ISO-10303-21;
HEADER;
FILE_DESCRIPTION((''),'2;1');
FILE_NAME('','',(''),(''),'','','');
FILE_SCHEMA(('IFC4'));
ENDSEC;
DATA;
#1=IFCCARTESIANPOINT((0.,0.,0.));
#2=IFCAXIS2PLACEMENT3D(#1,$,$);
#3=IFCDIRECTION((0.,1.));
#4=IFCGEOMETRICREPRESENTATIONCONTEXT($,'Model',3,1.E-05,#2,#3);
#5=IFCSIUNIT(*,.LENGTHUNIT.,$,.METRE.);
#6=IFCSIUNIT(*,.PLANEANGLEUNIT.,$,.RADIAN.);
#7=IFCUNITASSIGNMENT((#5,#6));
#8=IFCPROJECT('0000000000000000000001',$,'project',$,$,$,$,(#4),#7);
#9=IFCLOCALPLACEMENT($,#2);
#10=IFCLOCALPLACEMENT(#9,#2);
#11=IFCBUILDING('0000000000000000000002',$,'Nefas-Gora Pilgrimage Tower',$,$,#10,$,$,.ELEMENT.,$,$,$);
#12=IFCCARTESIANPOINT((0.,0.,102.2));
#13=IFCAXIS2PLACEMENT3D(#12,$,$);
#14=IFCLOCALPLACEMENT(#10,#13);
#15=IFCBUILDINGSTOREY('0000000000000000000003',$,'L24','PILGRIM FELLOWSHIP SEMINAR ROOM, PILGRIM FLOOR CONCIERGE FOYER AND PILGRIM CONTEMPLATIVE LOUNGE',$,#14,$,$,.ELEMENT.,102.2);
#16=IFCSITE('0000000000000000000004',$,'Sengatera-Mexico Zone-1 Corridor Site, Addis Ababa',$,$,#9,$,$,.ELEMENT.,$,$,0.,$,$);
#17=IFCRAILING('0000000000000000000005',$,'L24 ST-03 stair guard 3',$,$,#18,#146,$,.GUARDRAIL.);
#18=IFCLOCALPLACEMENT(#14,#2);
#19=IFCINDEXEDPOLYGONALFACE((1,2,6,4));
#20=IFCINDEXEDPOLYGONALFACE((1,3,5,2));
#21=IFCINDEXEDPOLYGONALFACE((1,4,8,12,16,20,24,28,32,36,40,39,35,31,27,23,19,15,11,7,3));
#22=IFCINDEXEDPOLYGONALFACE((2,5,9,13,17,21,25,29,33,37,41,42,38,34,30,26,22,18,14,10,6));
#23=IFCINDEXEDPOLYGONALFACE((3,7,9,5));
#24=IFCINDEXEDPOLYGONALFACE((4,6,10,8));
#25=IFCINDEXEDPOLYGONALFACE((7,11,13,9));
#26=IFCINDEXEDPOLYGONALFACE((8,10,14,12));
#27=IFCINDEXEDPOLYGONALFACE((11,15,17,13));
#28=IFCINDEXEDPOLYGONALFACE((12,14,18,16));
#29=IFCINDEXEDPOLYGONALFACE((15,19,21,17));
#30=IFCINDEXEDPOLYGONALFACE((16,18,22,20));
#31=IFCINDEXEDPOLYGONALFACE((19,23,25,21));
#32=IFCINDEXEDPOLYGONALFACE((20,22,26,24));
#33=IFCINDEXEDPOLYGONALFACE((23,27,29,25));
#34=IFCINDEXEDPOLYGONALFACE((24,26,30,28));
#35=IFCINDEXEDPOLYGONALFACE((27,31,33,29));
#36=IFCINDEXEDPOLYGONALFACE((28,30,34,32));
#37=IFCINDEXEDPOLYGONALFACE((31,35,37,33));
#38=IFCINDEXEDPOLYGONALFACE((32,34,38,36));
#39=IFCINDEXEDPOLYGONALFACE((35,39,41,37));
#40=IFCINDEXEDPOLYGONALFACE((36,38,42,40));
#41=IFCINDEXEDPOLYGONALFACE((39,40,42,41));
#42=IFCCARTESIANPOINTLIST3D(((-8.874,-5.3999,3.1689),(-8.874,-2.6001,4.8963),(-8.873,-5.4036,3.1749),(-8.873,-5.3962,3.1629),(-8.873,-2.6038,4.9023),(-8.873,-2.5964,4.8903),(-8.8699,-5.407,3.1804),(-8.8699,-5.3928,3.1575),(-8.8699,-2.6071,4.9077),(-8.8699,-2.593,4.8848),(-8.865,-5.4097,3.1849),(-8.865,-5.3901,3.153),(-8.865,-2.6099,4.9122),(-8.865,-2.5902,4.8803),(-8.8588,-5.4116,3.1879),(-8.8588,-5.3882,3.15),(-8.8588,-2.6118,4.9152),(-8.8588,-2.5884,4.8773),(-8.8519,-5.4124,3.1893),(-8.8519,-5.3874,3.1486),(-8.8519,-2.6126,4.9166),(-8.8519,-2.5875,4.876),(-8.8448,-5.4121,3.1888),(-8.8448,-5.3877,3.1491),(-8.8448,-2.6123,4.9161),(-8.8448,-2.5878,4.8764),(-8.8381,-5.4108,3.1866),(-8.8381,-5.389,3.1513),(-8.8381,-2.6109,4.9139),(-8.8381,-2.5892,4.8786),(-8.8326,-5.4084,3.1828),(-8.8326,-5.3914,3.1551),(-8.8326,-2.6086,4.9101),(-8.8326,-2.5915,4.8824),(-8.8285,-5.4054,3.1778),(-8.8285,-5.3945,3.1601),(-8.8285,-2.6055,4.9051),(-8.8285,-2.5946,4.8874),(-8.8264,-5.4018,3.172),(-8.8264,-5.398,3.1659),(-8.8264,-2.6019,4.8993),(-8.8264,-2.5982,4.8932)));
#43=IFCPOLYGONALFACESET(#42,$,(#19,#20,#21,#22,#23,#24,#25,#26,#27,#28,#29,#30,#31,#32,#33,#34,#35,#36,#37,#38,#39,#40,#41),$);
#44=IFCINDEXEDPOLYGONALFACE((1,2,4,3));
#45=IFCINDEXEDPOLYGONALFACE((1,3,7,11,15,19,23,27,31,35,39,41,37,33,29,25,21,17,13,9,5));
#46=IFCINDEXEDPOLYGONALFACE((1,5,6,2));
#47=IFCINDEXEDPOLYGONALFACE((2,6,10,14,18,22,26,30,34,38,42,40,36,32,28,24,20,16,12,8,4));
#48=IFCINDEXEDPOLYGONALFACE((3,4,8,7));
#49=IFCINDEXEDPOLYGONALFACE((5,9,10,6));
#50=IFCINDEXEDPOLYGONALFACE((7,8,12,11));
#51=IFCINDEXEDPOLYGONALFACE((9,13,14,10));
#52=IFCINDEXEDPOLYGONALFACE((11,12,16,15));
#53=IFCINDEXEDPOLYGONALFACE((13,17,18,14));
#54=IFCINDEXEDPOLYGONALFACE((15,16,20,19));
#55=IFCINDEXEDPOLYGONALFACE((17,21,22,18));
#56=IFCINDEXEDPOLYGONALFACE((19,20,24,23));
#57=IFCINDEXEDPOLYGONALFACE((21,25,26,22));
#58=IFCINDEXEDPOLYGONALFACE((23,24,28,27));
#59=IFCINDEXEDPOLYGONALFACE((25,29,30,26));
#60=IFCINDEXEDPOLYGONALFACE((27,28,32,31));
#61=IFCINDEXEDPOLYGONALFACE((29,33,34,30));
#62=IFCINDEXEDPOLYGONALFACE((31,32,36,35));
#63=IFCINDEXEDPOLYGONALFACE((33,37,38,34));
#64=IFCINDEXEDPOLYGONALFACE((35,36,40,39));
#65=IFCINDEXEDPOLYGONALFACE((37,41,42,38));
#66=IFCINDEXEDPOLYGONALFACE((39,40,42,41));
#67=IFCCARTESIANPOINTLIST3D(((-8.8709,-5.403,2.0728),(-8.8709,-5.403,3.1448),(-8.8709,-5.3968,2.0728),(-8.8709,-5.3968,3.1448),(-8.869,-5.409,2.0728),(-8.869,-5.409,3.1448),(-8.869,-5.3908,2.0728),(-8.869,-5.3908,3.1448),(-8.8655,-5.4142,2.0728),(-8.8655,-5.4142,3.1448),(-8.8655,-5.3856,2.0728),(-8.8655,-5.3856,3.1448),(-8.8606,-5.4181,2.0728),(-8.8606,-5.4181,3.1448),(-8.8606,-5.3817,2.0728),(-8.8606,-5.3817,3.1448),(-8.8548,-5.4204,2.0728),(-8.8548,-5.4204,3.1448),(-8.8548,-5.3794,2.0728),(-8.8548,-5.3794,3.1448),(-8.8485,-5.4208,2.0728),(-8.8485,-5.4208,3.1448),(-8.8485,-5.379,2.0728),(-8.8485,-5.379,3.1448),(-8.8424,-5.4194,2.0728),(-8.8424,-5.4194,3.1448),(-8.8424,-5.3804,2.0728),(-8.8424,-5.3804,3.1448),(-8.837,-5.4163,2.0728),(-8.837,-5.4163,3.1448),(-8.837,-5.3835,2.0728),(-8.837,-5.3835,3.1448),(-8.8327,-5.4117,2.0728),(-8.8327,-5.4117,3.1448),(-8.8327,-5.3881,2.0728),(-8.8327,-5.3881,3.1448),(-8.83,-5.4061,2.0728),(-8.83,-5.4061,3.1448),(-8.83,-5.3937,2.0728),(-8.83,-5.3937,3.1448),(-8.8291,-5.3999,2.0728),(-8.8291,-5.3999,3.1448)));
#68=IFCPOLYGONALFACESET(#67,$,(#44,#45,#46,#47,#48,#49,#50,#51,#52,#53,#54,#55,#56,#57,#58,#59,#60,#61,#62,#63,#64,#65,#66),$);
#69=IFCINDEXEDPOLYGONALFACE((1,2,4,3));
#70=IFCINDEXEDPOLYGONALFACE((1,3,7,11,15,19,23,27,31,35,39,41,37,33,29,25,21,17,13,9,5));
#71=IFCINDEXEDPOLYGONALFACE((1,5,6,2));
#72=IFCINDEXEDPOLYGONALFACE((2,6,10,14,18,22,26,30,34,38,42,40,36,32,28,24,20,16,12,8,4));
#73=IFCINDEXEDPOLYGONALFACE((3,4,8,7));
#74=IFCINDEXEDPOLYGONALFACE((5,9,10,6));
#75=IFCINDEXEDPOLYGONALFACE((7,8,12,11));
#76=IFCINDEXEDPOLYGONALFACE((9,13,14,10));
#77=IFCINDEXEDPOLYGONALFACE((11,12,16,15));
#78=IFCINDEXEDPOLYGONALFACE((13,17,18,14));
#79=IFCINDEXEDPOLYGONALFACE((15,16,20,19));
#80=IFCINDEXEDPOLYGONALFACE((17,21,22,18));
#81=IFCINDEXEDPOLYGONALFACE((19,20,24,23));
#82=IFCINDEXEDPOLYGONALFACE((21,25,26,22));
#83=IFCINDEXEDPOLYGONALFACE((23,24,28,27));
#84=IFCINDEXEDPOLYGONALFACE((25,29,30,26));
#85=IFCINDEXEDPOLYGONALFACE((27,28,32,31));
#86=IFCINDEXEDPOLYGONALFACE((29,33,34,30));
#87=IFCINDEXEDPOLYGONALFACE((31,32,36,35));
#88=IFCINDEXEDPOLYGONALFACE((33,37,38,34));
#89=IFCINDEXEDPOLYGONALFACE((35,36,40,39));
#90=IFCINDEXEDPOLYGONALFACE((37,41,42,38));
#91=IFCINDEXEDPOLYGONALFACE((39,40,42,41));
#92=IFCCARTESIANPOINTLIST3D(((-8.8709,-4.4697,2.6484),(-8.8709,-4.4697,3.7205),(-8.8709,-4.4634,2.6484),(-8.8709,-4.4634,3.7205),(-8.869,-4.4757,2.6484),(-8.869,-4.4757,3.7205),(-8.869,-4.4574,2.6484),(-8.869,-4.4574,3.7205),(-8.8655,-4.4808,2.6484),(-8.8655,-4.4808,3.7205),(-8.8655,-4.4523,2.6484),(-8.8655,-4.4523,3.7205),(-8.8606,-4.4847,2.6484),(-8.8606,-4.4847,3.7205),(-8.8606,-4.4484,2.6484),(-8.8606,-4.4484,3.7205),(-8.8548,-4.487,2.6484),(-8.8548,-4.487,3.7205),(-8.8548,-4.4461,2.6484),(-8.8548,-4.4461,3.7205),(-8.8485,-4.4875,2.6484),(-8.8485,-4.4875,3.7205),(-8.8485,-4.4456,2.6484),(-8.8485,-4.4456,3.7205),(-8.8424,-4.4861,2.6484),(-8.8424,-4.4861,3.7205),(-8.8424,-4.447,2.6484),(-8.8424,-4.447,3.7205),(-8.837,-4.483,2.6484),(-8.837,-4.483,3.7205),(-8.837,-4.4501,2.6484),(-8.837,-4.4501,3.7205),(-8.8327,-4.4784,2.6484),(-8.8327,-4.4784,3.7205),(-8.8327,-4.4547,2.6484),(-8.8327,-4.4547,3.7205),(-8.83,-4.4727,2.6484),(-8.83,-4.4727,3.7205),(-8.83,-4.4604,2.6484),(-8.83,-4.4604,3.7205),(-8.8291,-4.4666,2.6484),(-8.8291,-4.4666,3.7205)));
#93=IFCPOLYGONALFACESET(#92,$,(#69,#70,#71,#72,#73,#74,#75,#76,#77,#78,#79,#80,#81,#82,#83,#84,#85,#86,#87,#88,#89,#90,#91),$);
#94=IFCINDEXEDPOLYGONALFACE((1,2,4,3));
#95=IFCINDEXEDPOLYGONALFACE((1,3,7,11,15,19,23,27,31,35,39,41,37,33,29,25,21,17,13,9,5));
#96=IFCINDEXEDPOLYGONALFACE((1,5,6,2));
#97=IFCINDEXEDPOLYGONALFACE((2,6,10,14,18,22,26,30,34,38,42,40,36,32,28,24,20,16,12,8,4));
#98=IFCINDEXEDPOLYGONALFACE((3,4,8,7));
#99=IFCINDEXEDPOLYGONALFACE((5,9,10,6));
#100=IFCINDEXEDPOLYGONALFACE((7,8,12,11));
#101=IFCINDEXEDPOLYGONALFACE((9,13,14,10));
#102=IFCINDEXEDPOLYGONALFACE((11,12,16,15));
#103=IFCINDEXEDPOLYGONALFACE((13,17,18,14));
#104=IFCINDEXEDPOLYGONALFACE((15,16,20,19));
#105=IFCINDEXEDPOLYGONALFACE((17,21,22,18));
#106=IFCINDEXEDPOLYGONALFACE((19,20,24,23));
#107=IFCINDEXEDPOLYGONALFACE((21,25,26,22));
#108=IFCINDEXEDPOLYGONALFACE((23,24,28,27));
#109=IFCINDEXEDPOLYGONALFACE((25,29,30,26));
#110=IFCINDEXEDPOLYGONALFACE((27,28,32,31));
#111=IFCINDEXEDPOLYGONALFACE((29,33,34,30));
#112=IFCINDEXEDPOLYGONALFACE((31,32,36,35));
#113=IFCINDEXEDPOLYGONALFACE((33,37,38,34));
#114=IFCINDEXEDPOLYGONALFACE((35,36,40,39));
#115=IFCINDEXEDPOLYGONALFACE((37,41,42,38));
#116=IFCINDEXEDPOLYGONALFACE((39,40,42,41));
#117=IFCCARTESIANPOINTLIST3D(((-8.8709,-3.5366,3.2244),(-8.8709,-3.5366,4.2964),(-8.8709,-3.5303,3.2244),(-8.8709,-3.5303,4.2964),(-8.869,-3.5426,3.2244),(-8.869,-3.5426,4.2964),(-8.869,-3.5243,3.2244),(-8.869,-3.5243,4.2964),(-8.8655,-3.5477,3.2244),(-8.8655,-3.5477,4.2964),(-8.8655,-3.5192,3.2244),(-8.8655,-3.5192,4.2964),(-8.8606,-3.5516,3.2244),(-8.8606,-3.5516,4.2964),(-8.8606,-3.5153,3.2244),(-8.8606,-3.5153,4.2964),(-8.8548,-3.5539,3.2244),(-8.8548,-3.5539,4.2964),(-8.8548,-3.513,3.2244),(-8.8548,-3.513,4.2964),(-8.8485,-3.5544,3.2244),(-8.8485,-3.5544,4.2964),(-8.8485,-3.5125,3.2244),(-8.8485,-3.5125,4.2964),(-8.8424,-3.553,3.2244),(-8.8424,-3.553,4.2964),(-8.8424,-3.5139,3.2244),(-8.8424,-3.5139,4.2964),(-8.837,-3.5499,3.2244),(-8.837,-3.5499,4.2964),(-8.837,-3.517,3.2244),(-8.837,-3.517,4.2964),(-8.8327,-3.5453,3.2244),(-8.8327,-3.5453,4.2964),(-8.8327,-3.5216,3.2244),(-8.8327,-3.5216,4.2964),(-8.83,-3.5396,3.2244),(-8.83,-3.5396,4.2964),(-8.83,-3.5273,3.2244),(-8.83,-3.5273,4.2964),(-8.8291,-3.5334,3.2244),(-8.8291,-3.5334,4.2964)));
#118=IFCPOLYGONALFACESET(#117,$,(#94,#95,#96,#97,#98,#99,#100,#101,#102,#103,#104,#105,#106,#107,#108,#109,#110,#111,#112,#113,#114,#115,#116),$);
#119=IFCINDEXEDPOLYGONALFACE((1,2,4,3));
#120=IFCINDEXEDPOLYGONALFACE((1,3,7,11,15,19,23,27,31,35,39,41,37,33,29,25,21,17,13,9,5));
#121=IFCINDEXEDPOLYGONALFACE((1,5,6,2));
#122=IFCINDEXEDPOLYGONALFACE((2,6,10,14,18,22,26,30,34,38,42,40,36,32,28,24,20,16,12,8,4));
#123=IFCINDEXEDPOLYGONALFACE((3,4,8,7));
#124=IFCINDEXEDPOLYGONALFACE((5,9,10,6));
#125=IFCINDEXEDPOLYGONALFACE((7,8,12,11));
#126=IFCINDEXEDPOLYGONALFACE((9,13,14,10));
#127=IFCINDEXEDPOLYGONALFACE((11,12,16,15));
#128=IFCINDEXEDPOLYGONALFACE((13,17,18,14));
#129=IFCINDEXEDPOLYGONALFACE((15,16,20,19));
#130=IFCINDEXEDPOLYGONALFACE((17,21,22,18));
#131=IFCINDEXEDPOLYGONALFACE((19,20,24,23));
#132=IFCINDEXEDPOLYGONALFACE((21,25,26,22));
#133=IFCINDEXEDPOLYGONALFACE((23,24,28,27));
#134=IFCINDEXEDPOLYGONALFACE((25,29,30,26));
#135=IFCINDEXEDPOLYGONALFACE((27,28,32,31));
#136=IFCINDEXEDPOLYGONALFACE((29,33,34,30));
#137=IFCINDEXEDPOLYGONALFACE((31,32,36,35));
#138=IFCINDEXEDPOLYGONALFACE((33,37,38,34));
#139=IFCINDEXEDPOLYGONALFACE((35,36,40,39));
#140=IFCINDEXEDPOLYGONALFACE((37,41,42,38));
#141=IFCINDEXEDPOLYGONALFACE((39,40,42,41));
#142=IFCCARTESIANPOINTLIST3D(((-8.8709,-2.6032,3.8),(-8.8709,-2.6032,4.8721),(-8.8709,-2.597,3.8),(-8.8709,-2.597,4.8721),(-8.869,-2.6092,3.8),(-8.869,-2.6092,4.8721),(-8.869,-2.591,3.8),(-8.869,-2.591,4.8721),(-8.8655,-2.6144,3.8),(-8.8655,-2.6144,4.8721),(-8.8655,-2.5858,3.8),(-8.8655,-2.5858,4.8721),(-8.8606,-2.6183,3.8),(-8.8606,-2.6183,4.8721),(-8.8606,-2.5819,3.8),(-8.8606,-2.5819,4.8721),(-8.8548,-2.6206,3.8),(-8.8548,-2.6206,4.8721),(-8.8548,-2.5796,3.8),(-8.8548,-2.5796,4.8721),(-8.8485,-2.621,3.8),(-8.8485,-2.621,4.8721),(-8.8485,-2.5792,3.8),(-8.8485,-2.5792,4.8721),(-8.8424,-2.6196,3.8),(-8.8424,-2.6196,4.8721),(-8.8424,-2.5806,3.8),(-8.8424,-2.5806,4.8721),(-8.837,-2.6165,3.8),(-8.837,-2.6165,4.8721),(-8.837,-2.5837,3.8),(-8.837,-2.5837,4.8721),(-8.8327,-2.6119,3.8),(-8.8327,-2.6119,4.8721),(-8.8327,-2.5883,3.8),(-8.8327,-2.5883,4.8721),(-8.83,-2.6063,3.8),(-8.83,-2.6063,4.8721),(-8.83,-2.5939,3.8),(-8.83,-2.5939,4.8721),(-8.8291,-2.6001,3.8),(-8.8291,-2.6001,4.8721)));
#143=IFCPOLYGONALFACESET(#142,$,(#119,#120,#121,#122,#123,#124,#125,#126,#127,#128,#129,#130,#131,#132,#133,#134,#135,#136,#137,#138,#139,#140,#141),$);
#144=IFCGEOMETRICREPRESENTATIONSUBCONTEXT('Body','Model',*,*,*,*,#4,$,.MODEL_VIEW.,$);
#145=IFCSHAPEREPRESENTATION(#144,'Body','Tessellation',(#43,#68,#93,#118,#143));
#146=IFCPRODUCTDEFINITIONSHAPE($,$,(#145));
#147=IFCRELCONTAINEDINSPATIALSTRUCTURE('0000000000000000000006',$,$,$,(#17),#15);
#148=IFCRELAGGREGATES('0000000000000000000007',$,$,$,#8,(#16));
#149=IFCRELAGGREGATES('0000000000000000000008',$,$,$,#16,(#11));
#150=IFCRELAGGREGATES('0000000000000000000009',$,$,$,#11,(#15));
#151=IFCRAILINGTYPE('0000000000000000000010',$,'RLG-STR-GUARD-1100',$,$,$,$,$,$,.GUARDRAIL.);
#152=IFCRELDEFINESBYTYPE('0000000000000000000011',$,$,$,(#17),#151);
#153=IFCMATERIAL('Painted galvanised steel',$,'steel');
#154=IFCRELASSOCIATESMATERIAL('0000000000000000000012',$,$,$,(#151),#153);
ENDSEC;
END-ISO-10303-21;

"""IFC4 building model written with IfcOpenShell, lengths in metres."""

from ifc_helpers import new_model, si_unit, direction, frame, origin, origin_2d, place, context, subcontext, project, spatial, circle, extrude, material, type_object, element, save


model = new_model("IFC4")

# Units and contexts
model_context = context("Model", 3, precision=1e-05, world=origin(), true_north=direction((0.0, 1.0)))
body_context = subcontext(model_context, "Body", "Model", "MODEL_VIEW")
ifc_project = project(units=[si_unit("LENGTHUNIT", "METRE"), si_unit("PLANEANGLEUNIT", "RADIAN")], contexts=[model_context])

# Site, building, storey
site_placement = place(None, origin())
site = spatial("IfcSite", under=ifc_project, at=site_placement, Name="Sengatera-Mexico Zone-1 Corridor Site, Addis Ababa", CompositionType="ELEMENT", RefElevation=0.0)
building_placement = place(site_placement, origin())
building = spatial("IfcBuilding", under=site, at=building_placement, Name="Nefas-Gora Pilgrimage Tower", CompositionType="ELEMENT")
storey_placement = place(building_placement, frame((0.0, 0.0, 102.2)))
storey = spatial("IfcBuildingStorey", under=building, at=storey_placement, Name="L24", Description="PILGRIM FELLOWSHIP SEMINAR ROOM, PILGRIM FLOOR CONCIERGE FOYER AND PILGRIM CONTEMPLATIVE LOUNGE", CompositionType="ELEMENT", Elevation=102.2)

# Railing
ifc_material_1 = material(Name="Painted galvanised steel", Category="steel")
railing_type_1 = type_object("IfcRailingType", Name="RLG-STR-GUARD-1100", PredefinedType="GUARDRAIL", material=ifc_material_1)
railing_1_placement = place(storey_placement, frame((-8.8501, -5.3999, 2.0728)))
element("IfcRailing", 1, at=railing_1_placement, inside=storey, type_object=railing_type_1, Name="L24 ST-03 stair guard 3", PredefinedType="GUARDRAIL", context=body_context, shape_type="SweptSolid", body=[
    extrude(circle(Radius=0.0239, at=origin_2d()), frame((0.0, 0.0, 1.0962), z_axis=(0.0, 0.851069, 0.525054), x_axis=(-1.0, 0.0, 0.0)), (0.0, 0.0, 1.0), 3.2898),
    extrude(circle(Radius=0.021, at=origin_2d()), origin(), (0.0, 0.0, 1.0), 1.072),
    extrude(circle(Radius=0.021, at=origin_2d()), frame((0.0, 0.9333, 0.5757)), (0.0, 0.0, 1.0), 1.072),
    extrude(circle(Radius=0.021, at=origin_2d()), frame((0.0, 1.8665, 1.1516)), (0.0, 0.0, 1.0), 1.072),
    extrude(circle(Radius=0.021, at=origin_2d()), frame((0.0, 2.7998, 1.7273)), (0.0, 0.0, 1.0), 1.072),
])

save(model, "model.ifc")
